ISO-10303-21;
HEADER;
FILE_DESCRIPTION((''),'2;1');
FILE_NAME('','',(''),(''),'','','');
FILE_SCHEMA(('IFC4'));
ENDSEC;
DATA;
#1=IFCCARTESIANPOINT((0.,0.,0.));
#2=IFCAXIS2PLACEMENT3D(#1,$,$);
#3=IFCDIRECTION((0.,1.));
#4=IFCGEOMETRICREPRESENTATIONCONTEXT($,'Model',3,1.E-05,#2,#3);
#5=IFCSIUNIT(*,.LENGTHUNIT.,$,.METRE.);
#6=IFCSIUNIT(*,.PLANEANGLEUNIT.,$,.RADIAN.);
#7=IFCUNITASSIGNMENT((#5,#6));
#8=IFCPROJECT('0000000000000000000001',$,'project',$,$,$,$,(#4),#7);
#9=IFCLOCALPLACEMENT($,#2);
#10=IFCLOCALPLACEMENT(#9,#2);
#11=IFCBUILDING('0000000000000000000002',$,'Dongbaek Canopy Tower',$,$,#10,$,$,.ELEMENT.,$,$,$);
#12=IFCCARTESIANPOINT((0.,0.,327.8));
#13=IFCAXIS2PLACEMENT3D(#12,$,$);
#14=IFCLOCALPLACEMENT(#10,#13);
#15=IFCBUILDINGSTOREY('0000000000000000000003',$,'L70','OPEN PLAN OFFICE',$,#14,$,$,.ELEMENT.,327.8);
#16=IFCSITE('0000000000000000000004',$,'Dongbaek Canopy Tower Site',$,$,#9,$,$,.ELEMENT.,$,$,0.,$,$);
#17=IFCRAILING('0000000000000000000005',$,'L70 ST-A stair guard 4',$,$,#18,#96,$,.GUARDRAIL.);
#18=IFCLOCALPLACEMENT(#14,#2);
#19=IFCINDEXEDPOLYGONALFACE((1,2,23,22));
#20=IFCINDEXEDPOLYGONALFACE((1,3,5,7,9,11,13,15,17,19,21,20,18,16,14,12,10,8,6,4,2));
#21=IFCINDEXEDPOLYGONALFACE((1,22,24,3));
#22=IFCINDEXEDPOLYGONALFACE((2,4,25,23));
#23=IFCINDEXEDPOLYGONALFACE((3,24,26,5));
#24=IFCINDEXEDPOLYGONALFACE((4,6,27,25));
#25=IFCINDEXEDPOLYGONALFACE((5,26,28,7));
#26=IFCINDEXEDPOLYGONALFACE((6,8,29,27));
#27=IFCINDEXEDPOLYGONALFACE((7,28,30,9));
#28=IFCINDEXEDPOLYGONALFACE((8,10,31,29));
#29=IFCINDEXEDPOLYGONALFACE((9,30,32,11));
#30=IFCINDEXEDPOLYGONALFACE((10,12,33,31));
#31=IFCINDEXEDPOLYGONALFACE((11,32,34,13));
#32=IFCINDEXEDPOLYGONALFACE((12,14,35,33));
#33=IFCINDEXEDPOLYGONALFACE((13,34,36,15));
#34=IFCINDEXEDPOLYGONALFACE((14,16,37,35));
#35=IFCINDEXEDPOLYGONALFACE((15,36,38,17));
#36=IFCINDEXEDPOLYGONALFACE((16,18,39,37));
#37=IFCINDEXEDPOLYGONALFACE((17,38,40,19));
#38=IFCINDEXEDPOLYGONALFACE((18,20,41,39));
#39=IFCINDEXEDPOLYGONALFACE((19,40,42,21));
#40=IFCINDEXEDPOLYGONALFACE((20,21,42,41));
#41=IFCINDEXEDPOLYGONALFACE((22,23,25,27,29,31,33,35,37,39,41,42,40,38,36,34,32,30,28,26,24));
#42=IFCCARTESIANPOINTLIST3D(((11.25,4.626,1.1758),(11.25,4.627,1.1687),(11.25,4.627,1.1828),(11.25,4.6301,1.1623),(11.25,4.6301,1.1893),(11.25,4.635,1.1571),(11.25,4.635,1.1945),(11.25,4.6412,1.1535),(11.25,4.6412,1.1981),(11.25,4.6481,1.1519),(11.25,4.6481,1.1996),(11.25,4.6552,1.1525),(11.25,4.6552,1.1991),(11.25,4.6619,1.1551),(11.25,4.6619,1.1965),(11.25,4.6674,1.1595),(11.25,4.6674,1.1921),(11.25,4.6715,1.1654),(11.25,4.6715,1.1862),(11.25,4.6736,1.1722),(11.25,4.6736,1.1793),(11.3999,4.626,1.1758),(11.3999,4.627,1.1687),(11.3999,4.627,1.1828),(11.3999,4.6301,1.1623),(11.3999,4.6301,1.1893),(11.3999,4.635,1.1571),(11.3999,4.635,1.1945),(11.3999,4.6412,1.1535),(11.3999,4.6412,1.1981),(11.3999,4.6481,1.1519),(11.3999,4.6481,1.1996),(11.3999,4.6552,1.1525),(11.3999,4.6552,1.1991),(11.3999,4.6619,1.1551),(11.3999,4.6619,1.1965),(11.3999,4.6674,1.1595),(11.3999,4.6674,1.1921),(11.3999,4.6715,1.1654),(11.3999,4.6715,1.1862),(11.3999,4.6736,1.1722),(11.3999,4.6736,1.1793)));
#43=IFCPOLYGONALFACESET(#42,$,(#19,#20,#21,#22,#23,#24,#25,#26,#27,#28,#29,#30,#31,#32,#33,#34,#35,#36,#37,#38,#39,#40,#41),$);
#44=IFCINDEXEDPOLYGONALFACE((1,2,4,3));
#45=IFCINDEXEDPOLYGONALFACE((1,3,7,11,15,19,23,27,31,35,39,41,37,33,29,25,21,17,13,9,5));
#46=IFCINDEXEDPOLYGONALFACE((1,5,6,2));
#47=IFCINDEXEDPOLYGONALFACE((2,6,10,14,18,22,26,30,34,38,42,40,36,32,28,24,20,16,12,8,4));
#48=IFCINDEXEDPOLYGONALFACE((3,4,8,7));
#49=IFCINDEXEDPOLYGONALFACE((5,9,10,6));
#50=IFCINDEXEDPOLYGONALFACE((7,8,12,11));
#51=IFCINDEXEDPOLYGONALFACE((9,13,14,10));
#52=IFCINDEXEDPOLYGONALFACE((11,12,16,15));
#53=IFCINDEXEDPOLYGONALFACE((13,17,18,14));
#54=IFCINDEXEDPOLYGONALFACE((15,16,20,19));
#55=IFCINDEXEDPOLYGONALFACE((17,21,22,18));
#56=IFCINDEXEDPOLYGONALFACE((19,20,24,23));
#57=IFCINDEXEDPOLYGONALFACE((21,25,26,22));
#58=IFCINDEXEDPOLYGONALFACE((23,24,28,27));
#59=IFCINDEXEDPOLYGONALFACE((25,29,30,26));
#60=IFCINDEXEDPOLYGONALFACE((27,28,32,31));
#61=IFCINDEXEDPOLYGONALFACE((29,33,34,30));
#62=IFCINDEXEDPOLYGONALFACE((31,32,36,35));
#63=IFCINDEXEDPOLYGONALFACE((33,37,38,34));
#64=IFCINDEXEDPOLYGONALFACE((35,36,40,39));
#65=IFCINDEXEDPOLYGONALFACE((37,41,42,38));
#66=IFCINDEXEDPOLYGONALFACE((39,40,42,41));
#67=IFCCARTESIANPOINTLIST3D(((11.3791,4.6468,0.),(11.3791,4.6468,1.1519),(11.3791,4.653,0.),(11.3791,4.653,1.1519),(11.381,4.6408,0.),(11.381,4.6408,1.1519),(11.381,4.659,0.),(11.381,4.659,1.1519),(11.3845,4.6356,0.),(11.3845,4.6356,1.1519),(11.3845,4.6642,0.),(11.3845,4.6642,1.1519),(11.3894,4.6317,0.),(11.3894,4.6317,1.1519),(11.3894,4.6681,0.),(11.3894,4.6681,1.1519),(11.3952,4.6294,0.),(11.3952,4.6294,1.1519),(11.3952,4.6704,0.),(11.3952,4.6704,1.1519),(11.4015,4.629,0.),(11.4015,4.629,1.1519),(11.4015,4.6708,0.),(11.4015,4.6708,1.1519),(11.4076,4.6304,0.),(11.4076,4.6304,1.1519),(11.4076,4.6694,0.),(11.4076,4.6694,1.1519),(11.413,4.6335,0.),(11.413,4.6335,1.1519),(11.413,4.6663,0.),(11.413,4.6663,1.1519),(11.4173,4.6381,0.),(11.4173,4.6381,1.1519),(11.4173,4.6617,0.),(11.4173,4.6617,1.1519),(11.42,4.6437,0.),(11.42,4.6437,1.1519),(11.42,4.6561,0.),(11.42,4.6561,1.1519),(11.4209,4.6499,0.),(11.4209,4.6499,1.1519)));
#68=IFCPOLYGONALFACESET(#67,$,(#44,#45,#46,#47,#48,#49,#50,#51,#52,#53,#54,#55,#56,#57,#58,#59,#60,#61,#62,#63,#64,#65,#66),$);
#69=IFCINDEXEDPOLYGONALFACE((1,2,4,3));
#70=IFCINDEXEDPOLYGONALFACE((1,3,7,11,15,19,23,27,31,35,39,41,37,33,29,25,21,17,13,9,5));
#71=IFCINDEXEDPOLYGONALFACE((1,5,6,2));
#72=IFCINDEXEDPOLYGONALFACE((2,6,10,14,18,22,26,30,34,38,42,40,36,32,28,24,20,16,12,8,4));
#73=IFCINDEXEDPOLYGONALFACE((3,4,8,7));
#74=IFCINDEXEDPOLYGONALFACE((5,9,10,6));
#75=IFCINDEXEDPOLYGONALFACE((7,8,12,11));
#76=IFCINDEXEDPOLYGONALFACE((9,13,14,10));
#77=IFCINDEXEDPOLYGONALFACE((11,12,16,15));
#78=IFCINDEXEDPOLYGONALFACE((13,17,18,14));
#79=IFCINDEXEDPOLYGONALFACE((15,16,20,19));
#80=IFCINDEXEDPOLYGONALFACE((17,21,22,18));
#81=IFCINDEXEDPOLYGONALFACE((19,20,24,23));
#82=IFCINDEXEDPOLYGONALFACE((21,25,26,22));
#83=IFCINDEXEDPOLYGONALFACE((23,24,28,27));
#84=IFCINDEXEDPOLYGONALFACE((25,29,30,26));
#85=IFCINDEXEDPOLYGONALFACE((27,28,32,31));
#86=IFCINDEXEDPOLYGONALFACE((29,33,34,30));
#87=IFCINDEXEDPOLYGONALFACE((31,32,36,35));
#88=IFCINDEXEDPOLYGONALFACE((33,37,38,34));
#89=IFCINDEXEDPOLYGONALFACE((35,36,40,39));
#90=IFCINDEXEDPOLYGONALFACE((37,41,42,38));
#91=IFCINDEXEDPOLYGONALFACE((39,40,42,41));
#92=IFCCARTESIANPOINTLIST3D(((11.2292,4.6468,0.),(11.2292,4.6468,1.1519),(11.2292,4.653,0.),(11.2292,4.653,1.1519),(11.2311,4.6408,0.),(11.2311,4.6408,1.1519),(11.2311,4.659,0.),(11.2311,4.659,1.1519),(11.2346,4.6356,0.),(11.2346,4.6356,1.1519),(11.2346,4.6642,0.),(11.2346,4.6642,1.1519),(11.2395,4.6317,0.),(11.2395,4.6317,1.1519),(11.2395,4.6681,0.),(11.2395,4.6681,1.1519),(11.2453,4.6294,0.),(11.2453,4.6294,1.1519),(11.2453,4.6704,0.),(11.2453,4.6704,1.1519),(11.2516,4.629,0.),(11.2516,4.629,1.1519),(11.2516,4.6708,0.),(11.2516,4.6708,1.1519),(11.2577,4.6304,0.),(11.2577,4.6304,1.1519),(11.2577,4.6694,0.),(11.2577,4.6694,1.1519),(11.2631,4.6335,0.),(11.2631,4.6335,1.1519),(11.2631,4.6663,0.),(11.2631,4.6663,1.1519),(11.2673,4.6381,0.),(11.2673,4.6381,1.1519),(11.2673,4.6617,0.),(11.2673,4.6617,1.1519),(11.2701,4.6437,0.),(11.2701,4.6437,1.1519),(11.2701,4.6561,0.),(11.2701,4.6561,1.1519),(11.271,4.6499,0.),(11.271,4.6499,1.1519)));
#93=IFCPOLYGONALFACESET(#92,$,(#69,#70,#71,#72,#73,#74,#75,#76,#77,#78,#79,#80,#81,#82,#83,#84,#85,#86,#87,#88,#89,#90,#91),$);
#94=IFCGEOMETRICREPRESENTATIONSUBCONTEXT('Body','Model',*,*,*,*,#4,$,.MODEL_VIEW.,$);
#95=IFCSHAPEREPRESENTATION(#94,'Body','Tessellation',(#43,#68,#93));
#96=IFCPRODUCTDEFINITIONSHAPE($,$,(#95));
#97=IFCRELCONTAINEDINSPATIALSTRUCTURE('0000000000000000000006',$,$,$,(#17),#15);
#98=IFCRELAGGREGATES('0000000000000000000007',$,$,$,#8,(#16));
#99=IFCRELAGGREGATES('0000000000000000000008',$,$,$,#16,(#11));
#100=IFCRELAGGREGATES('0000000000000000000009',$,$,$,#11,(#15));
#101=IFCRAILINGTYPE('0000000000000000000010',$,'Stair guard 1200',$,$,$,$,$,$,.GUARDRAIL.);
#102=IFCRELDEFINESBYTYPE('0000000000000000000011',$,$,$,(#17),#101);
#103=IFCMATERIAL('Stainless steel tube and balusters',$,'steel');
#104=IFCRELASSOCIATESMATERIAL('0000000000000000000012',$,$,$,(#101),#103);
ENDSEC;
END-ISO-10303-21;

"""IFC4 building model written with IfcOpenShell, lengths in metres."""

from ifc_helpers import new_model, si_unit, direction, frame, origin, origin_2d, place, context, subcontext, project, spatial, circle, extrude, material, type_object, element, save


model = new_model("IFC4")

# Units and contexts
model_context = context("Model", 3, precision=1e-05, world=origin(), true_north=direction((0.0, 1.0)))
body_context = subcontext(model_context, "Body", "Model", "MODEL_VIEW")
ifc_project = project(units=[si_unit("LENGTHUNIT", "METRE"), si_unit("PLANEANGLEUNIT", "RADIAN")], contexts=[model_context])

# Site, building, storey
site_placement = place(None, origin())
site = spatial("IfcSite", under=ifc_project, at=site_placement, Name="Dongbaek Canopy Tower Site", CompositionType="ELEMENT", RefElevation=0.0)
building_placement = place(site_placement, origin())
building = spatial("IfcBuilding", under=site, at=building_placement, Name="Dongbaek Canopy Tower", CompositionType="ELEMENT")
storey_placement = place(building_placement, frame((0.0, 0.0, 327.8)))
storey = spatial("IfcBuildingStorey", under=building, at=storey_placement, Name="L70", Description="OPEN PLAN OFFICE", CompositionType="ELEMENT", Elevation=327.8)

# Railing
ifc_material_1 = material(Name="Stainless steel tube and balusters", Category="steel")
railing_type_1 = type_object("IfcRailingType", Name="Stair guard 1200", PredefinedType="GUARDRAIL", material=ifc_material_1)
railing_1_placement = place(storey_placement, frame((11.3999, 4.6499, 0.0)))
element("IfcRailing", 1, at=railing_1_placement, inside=storey, type_object=railing_type_1, Name="L70 ST-A stair guard 4", PredefinedType="GUARDRAIL", context=body_context, shape_type="SweptSolid", body=[
    extrude(circle(Radius=0.0239, at=origin_2d()), frame((0.0, 0.0, 1.1758), z_axis=(-1.0, 0.0, 0.0), x_axis=(0.0, -1.0, 0.0)), (0.0, 0.0, 1.0), 0.1499),
    extrude(circle(Radius=0.021, at=origin_2d()), origin(), (0.0, 0.0, 1.0), 1.1519),
    extrude(circle(Radius=0.021, at=origin_2d()), frame((-0.1499, 0.0, 0.0)), (0.0, 0.0, 1.0), 1.1519),
])

save(model, "model.ifc")
